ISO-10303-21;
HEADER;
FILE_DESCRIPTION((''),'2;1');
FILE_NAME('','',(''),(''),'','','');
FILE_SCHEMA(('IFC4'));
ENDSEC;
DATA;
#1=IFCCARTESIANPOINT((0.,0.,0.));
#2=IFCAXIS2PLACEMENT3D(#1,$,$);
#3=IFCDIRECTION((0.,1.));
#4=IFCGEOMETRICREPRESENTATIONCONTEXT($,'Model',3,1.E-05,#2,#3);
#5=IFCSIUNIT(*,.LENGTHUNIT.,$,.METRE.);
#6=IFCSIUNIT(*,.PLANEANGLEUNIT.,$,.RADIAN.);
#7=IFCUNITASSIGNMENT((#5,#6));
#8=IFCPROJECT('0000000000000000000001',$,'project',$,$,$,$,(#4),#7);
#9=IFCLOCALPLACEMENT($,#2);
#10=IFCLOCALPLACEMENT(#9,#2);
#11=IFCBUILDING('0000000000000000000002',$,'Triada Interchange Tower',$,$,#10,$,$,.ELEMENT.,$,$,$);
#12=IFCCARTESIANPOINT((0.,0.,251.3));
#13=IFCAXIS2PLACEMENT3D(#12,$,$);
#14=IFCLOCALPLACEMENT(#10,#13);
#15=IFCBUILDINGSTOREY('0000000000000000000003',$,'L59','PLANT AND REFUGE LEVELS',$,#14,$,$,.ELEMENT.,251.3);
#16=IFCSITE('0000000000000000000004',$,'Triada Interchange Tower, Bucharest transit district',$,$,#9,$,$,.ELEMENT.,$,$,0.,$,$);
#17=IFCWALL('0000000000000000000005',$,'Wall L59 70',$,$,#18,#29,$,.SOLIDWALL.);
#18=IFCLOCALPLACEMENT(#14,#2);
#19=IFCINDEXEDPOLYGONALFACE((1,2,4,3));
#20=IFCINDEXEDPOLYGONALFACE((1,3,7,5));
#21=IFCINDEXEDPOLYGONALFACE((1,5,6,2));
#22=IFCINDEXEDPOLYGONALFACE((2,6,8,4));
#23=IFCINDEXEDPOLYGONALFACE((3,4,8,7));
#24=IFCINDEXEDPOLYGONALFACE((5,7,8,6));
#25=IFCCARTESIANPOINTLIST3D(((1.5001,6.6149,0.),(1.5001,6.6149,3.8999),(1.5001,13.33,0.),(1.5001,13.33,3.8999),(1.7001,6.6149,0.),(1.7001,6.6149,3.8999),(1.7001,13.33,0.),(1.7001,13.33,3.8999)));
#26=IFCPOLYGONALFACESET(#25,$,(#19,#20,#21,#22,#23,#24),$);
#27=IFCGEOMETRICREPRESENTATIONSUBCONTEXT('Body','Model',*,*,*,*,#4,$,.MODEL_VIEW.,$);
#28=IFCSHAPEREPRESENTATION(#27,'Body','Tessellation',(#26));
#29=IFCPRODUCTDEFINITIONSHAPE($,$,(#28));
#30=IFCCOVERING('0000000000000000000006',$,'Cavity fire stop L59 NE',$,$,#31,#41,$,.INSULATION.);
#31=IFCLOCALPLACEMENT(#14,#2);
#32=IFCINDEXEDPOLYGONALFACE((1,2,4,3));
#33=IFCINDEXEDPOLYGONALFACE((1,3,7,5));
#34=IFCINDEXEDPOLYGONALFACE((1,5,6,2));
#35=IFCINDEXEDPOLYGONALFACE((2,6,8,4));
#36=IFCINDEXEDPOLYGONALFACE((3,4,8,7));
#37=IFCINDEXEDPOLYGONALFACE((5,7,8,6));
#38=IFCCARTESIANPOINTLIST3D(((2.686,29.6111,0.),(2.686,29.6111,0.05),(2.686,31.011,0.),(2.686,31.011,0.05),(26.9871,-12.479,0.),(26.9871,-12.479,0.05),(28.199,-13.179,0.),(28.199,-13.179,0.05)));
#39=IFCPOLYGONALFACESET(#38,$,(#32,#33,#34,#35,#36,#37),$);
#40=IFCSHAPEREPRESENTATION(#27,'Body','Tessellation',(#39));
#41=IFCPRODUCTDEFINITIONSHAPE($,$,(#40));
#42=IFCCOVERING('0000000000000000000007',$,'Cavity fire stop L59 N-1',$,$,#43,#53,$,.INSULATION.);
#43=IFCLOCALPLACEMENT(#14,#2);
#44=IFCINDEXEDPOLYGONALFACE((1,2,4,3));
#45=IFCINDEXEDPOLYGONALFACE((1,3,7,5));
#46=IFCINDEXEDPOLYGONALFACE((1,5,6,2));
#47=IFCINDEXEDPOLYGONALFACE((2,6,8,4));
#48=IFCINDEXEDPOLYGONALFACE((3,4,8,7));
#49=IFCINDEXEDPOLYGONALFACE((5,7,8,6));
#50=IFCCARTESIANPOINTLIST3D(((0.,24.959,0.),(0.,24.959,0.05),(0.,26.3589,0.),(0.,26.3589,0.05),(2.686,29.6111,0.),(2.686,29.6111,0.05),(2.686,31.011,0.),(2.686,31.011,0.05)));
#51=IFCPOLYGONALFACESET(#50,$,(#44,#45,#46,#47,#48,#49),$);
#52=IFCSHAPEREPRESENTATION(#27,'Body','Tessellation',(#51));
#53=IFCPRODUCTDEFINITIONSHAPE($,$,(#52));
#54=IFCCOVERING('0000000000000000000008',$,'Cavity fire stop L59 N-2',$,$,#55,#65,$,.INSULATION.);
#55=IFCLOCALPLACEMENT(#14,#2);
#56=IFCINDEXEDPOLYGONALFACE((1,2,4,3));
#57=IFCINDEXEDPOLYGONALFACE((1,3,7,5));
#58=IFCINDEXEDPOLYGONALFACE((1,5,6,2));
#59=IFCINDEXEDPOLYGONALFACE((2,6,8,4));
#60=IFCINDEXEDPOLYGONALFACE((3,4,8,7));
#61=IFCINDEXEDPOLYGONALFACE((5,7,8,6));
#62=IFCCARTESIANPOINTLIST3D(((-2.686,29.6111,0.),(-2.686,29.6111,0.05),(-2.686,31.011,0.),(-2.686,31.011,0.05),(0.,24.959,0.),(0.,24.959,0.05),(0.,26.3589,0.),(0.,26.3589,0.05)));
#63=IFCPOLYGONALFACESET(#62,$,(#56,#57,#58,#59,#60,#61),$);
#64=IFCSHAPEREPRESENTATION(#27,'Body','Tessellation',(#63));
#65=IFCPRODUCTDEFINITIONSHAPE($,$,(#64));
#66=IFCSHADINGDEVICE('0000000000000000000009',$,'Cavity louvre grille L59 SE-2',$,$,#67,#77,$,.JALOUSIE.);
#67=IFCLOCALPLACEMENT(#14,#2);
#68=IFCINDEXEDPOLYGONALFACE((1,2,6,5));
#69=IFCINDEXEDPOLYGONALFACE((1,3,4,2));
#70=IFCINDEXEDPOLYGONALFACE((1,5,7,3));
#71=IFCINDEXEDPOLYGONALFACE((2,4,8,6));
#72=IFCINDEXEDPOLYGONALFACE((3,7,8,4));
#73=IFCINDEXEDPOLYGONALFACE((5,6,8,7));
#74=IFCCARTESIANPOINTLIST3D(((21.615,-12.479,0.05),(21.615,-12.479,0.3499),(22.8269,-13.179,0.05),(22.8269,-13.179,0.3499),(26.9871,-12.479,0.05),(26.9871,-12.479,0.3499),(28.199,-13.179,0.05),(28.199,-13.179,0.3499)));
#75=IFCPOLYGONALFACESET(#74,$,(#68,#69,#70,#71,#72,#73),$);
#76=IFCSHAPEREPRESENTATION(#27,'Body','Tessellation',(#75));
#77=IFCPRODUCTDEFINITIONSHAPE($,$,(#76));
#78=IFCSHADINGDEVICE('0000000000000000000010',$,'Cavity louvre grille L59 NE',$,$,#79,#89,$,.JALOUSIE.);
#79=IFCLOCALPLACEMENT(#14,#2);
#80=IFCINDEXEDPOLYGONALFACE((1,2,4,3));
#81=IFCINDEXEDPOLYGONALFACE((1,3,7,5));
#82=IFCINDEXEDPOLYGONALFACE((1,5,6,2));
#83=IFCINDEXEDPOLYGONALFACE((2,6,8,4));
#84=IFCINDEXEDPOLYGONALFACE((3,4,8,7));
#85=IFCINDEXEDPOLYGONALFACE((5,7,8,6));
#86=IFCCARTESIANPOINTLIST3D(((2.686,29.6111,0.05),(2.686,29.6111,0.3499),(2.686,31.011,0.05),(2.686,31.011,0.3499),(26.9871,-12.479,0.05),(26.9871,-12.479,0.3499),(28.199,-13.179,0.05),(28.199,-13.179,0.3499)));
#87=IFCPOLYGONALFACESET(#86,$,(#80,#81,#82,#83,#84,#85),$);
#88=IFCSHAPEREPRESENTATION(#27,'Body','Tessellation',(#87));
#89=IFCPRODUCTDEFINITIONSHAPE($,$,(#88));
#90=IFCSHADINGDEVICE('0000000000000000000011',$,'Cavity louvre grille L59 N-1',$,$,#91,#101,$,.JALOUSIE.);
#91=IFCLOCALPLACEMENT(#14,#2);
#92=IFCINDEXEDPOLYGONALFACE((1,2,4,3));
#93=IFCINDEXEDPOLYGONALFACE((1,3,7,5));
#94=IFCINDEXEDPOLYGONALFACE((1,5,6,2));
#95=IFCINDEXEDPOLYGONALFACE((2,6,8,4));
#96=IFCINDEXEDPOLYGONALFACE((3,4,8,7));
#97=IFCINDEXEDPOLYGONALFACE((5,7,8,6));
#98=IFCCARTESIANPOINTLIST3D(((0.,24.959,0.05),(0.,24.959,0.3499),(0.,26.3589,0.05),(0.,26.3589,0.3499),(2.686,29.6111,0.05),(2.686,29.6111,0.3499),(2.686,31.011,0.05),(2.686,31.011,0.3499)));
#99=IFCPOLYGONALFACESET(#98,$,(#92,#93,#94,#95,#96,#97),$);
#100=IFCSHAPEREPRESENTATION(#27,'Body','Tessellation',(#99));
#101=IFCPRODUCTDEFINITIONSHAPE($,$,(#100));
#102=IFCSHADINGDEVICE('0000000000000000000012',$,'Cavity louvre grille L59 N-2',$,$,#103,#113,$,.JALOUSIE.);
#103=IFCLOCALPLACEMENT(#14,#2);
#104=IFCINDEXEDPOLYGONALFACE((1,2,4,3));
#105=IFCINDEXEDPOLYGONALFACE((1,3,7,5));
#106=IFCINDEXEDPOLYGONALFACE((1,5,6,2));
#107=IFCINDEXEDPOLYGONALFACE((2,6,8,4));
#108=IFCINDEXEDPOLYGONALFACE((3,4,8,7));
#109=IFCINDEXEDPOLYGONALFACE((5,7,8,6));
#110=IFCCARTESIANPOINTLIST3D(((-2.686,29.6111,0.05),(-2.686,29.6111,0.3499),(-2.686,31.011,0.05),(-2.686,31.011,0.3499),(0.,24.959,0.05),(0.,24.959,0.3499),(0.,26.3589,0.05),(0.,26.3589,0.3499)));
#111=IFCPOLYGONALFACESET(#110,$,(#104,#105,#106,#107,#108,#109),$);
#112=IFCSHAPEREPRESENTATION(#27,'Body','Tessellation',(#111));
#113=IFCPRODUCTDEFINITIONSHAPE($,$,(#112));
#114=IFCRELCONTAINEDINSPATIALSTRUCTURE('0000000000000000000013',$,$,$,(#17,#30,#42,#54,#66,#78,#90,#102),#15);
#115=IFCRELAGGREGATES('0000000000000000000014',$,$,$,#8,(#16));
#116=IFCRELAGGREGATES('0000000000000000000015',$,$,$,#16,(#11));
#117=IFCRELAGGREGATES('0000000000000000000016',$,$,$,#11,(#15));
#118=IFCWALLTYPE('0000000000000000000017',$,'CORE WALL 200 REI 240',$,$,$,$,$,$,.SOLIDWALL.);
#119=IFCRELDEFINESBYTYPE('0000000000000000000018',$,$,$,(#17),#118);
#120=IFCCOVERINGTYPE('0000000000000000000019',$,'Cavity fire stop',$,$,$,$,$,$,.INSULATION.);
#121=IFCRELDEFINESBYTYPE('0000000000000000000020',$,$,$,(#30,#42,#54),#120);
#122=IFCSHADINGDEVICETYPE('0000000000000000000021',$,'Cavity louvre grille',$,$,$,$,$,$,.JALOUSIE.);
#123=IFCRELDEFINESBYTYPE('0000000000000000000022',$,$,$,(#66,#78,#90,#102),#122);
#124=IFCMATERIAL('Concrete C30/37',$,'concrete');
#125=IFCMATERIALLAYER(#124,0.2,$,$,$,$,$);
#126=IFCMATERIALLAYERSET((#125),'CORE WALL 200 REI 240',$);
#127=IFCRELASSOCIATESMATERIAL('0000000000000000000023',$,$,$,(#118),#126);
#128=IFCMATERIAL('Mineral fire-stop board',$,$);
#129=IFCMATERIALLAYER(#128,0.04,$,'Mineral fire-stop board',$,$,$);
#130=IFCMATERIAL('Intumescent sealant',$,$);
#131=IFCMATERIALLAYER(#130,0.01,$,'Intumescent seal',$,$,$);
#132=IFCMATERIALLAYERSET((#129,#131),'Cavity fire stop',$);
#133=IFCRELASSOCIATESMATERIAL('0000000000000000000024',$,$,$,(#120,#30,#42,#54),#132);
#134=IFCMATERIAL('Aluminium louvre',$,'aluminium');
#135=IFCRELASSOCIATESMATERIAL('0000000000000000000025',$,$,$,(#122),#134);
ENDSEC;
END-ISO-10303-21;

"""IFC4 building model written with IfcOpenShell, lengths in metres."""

from ifc_helpers import new_model, si_unit, direction, frame, frame_2d, origin, place, context, subcontext, project, spatial, polyline, rectangle, outline, extrude, material, layer, layer_set, layer_usage, type_object, element, save


model = new_model("IFC4")

# Units and contexts
model_context = context("Model", 3, precision=1e-05, world=origin(), true_north=direction((0.0, 1.0)))
body_context = subcontext(model_context, "Body", "Model", "MODEL_VIEW")
ifc_project = project(units=[si_unit("LENGTHUNIT", "METRE"), si_unit("PLANEANGLEUNIT", "RADIAN")], contexts=[model_context])

# Site, building, storey
site_placement = place(None, origin())
site = spatial("IfcSite", under=ifc_project, at=site_placement, Name="Triada Interchange Tower, Bucharest transit district", CompositionType="ELEMENT", RefElevation=0.0)
building_placement = place(site_placement, origin())
building = spatial("IfcBuilding", under=site, at=building_placement, Name="Triada Interchange Tower", CompositionType="ELEMENT")
storey_placement = place(building_placement, frame((0.0, 0.0, 251.3)))
storey = spatial("IfcBuildingStorey", under=building, at=storey_placement, Name="L59", Description="PLANT AND REFUGE LEVELS", CompositionType="ELEMENT", Elevation=251.3)

# Shared definitions
ifc_material_1 = material(Name="Concrete C30/37", Category="concrete")

# Wall
ifc_layer_1 = layer(ifc_material_1, 0.2)
ifc_layer_set_1 = layer_set([ifc_layer_1], Name="CORE WALL 200 REI 240")
wall_type_1 = type_object("IfcWallType", Name="CORE WALL 200 REI 240", PredefinedType="SOLIDWALL", material=ifc_layer_set_1)
wall_1_placement = place(storey_placement, frame((1.6001, 6.615, 0.0), z_axis=(0.0, 0.0, 1.0), x_axis=(0.0, 1.0, 0.0)))
element("IfcWall", 1, at=wall_1_placement, inside=storey, type_object=wall_type_1, Name="Wall L59 70", PredefinedType="SOLIDWALL", context=body_context, shape_type="SweptSolid", body=[
    extrude(rectangle(XDim=6.7151, YDim=0.2, at=frame_2d((3.3574, 0.0))), origin(), (0.0, 0.0, 1.0), 3.8999),
])

# Coverings
ifc_material_2 = material(Name="Mineral fire-stop board")
ifc_layer_2 = layer(ifc_material_2, 0.04, Name="Mineral fire-stop board")
ifc_material_3 = material(Name="Intumescent sealant")
ifc_layer_3 = layer(ifc_material_3, 0.01, Name="Intumescent seal")
ifc_layer_set_2 = layer_set([ifc_layer_2, ifc_layer_3], Name="Cavity fire stop")
ifc_layer_usage = layer_usage(ifc_layer_set_2, "AXIS3", "POSITIVE", 0.0)
covering_type = type_object("IfcCoveringType", Name="Cavity fire stop", PredefinedType="INSULATION", material=ifc_layer_set_2)
covering_1_placement = place(storey_placement, origin())
element("IfcCovering", 2, at=covering_1_placement, inside=storey, type_object=covering_type, material=ifc_layer_usage, Name="Cavity fire stop L59 NE", PredefinedType="INSULATION", context=body_context, shape_type="SweptSolid", body=[
    extrude(outline(polyline([(26.9871, -12.479), (28.199, -13.179), (2.686, 31.011), (2.686, 29.6111), (26.9871, -12.479)])), origin(), (0.0, 0.0, 1.0), 0.05),
])
covering_2_placement = place(storey_placement, origin())
element("IfcCovering", 3, at=covering_2_placement, inside=storey, type_object=covering_type, material=ifc_layer_usage, Name="Cavity fire stop L59 N-1", PredefinedType="INSULATION", context=body_context, shape_type="SweptSolid", body=[
    extrude(outline(polyline([(2.686, 29.6111), (2.686, 31.011), (0.0, 26.3589), (0.0, 24.959), (2.686, 29.6111)])), origin(), (0.0, 0.0, 1.0), 0.05),
])
covering_3_placement = place(storey_placement, origin())
element("IfcCovering", 4, at=covering_3_placement, inside=storey, type_object=covering_type, material=ifc_layer_usage, Name="Cavity fire stop L59 N-2", PredefinedType="INSULATION", context=body_context, shape_type="SweptSolid", body=[
    extrude(outline(polyline([(0.0, 24.959), (0.0, 26.3589), (-2.686, 31.011), (-2.686, 29.6111), (0.0, 24.959)])), origin(), (0.0, 0.0, 1.0), 0.05),
])

# Shading devices
ifc_material_4 = material(Name="Aluminium louvre", Category="aluminium")
shading_device_type = type_object("IfcShadingDeviceType", Name="Cavity louvre grille", PredefinedType="JALOUSIE", material=ifc_material_4)
shading_device_1_placement = place(storey_placement, frame((0.0, 0.0, 0.05)))
element("IfcShadingDevice", 5, at=shading_device_1_placement, inside=storey, type_object=shading_device_type, Name="Cavity louvre grille L59 SE-2", PredefinedType="JALOUSIE", context=body_context, shape_type="SweptSolid", body=[
    extrude(outline(polyline([(21.615, -12.479), (22.8269, -13.179), (28.199, -13.179), (26.9871, -12.479), (21.615, -12.479)])), origin(), (0.0, 0.0, 1.0), 0.2998),
])
shading_device_2_placement = place(storey_placement, frame((0.0, 0.0, 0.05)))
element("IfcShadingDevice", 6, at=shading_device_2_placement, inside=storey, type_object=shading_device_type, Name="Cavity louvre grille L59 NE", PredefinedType="JALOUSIE", context=body_context, shape_type="SweptSolid", body=[
    extrude(outline(polyline([(26.9871, -12.479), (28.199, -13.179), (2.686, 31.011), (2.686, 29.6111), (26.9871, -12.479)])), origin(), (0.0, 0.0, 1.0), 0.2998),
])
shading_device_3_placement = place(storey_placement, frame((0.0, 0.0, 0.05)))
element("IfcShadingDevice", 7, at=shading_device_3_placement, inside=storey, type_object=shading_device_type, Name="Cavity louvre grille L59 N-1", PredefinedType="JALOUSIE", context=body_context, shape_type="SweptSolid", body=[
    extrude(outline(polyline([(2.686, 29.6111), (2.686, 31.011), (0.0, 26.3589), (0.0, 24.959), (2.686, 29.6111)])), origin(), (0.0, 0.0, 1.0), 0.2998),
])
shading_device_4_placement = place(storey_placement, frame((0.0, 0.0, 0.05)))
element("IfcShadingDevice", 8, at=shading_device_4_placement, inside=storey, type_object=shading_device_type, Name="Cavity louvre grille L59 N-2", PredefinedType="JALOUSIE", context=body_context, shape_type="SweptSolid", body=[
    extrude(outline(polyline([(0.0, 24.959), (0.0, 26.3589), (-2.686, 31.011), (-2.686, 29.6111), (0.0, 24.959)])), origin(), (0.0, 0.0, 1.0), 0.2998),
])

save(model, "model.ifc")
